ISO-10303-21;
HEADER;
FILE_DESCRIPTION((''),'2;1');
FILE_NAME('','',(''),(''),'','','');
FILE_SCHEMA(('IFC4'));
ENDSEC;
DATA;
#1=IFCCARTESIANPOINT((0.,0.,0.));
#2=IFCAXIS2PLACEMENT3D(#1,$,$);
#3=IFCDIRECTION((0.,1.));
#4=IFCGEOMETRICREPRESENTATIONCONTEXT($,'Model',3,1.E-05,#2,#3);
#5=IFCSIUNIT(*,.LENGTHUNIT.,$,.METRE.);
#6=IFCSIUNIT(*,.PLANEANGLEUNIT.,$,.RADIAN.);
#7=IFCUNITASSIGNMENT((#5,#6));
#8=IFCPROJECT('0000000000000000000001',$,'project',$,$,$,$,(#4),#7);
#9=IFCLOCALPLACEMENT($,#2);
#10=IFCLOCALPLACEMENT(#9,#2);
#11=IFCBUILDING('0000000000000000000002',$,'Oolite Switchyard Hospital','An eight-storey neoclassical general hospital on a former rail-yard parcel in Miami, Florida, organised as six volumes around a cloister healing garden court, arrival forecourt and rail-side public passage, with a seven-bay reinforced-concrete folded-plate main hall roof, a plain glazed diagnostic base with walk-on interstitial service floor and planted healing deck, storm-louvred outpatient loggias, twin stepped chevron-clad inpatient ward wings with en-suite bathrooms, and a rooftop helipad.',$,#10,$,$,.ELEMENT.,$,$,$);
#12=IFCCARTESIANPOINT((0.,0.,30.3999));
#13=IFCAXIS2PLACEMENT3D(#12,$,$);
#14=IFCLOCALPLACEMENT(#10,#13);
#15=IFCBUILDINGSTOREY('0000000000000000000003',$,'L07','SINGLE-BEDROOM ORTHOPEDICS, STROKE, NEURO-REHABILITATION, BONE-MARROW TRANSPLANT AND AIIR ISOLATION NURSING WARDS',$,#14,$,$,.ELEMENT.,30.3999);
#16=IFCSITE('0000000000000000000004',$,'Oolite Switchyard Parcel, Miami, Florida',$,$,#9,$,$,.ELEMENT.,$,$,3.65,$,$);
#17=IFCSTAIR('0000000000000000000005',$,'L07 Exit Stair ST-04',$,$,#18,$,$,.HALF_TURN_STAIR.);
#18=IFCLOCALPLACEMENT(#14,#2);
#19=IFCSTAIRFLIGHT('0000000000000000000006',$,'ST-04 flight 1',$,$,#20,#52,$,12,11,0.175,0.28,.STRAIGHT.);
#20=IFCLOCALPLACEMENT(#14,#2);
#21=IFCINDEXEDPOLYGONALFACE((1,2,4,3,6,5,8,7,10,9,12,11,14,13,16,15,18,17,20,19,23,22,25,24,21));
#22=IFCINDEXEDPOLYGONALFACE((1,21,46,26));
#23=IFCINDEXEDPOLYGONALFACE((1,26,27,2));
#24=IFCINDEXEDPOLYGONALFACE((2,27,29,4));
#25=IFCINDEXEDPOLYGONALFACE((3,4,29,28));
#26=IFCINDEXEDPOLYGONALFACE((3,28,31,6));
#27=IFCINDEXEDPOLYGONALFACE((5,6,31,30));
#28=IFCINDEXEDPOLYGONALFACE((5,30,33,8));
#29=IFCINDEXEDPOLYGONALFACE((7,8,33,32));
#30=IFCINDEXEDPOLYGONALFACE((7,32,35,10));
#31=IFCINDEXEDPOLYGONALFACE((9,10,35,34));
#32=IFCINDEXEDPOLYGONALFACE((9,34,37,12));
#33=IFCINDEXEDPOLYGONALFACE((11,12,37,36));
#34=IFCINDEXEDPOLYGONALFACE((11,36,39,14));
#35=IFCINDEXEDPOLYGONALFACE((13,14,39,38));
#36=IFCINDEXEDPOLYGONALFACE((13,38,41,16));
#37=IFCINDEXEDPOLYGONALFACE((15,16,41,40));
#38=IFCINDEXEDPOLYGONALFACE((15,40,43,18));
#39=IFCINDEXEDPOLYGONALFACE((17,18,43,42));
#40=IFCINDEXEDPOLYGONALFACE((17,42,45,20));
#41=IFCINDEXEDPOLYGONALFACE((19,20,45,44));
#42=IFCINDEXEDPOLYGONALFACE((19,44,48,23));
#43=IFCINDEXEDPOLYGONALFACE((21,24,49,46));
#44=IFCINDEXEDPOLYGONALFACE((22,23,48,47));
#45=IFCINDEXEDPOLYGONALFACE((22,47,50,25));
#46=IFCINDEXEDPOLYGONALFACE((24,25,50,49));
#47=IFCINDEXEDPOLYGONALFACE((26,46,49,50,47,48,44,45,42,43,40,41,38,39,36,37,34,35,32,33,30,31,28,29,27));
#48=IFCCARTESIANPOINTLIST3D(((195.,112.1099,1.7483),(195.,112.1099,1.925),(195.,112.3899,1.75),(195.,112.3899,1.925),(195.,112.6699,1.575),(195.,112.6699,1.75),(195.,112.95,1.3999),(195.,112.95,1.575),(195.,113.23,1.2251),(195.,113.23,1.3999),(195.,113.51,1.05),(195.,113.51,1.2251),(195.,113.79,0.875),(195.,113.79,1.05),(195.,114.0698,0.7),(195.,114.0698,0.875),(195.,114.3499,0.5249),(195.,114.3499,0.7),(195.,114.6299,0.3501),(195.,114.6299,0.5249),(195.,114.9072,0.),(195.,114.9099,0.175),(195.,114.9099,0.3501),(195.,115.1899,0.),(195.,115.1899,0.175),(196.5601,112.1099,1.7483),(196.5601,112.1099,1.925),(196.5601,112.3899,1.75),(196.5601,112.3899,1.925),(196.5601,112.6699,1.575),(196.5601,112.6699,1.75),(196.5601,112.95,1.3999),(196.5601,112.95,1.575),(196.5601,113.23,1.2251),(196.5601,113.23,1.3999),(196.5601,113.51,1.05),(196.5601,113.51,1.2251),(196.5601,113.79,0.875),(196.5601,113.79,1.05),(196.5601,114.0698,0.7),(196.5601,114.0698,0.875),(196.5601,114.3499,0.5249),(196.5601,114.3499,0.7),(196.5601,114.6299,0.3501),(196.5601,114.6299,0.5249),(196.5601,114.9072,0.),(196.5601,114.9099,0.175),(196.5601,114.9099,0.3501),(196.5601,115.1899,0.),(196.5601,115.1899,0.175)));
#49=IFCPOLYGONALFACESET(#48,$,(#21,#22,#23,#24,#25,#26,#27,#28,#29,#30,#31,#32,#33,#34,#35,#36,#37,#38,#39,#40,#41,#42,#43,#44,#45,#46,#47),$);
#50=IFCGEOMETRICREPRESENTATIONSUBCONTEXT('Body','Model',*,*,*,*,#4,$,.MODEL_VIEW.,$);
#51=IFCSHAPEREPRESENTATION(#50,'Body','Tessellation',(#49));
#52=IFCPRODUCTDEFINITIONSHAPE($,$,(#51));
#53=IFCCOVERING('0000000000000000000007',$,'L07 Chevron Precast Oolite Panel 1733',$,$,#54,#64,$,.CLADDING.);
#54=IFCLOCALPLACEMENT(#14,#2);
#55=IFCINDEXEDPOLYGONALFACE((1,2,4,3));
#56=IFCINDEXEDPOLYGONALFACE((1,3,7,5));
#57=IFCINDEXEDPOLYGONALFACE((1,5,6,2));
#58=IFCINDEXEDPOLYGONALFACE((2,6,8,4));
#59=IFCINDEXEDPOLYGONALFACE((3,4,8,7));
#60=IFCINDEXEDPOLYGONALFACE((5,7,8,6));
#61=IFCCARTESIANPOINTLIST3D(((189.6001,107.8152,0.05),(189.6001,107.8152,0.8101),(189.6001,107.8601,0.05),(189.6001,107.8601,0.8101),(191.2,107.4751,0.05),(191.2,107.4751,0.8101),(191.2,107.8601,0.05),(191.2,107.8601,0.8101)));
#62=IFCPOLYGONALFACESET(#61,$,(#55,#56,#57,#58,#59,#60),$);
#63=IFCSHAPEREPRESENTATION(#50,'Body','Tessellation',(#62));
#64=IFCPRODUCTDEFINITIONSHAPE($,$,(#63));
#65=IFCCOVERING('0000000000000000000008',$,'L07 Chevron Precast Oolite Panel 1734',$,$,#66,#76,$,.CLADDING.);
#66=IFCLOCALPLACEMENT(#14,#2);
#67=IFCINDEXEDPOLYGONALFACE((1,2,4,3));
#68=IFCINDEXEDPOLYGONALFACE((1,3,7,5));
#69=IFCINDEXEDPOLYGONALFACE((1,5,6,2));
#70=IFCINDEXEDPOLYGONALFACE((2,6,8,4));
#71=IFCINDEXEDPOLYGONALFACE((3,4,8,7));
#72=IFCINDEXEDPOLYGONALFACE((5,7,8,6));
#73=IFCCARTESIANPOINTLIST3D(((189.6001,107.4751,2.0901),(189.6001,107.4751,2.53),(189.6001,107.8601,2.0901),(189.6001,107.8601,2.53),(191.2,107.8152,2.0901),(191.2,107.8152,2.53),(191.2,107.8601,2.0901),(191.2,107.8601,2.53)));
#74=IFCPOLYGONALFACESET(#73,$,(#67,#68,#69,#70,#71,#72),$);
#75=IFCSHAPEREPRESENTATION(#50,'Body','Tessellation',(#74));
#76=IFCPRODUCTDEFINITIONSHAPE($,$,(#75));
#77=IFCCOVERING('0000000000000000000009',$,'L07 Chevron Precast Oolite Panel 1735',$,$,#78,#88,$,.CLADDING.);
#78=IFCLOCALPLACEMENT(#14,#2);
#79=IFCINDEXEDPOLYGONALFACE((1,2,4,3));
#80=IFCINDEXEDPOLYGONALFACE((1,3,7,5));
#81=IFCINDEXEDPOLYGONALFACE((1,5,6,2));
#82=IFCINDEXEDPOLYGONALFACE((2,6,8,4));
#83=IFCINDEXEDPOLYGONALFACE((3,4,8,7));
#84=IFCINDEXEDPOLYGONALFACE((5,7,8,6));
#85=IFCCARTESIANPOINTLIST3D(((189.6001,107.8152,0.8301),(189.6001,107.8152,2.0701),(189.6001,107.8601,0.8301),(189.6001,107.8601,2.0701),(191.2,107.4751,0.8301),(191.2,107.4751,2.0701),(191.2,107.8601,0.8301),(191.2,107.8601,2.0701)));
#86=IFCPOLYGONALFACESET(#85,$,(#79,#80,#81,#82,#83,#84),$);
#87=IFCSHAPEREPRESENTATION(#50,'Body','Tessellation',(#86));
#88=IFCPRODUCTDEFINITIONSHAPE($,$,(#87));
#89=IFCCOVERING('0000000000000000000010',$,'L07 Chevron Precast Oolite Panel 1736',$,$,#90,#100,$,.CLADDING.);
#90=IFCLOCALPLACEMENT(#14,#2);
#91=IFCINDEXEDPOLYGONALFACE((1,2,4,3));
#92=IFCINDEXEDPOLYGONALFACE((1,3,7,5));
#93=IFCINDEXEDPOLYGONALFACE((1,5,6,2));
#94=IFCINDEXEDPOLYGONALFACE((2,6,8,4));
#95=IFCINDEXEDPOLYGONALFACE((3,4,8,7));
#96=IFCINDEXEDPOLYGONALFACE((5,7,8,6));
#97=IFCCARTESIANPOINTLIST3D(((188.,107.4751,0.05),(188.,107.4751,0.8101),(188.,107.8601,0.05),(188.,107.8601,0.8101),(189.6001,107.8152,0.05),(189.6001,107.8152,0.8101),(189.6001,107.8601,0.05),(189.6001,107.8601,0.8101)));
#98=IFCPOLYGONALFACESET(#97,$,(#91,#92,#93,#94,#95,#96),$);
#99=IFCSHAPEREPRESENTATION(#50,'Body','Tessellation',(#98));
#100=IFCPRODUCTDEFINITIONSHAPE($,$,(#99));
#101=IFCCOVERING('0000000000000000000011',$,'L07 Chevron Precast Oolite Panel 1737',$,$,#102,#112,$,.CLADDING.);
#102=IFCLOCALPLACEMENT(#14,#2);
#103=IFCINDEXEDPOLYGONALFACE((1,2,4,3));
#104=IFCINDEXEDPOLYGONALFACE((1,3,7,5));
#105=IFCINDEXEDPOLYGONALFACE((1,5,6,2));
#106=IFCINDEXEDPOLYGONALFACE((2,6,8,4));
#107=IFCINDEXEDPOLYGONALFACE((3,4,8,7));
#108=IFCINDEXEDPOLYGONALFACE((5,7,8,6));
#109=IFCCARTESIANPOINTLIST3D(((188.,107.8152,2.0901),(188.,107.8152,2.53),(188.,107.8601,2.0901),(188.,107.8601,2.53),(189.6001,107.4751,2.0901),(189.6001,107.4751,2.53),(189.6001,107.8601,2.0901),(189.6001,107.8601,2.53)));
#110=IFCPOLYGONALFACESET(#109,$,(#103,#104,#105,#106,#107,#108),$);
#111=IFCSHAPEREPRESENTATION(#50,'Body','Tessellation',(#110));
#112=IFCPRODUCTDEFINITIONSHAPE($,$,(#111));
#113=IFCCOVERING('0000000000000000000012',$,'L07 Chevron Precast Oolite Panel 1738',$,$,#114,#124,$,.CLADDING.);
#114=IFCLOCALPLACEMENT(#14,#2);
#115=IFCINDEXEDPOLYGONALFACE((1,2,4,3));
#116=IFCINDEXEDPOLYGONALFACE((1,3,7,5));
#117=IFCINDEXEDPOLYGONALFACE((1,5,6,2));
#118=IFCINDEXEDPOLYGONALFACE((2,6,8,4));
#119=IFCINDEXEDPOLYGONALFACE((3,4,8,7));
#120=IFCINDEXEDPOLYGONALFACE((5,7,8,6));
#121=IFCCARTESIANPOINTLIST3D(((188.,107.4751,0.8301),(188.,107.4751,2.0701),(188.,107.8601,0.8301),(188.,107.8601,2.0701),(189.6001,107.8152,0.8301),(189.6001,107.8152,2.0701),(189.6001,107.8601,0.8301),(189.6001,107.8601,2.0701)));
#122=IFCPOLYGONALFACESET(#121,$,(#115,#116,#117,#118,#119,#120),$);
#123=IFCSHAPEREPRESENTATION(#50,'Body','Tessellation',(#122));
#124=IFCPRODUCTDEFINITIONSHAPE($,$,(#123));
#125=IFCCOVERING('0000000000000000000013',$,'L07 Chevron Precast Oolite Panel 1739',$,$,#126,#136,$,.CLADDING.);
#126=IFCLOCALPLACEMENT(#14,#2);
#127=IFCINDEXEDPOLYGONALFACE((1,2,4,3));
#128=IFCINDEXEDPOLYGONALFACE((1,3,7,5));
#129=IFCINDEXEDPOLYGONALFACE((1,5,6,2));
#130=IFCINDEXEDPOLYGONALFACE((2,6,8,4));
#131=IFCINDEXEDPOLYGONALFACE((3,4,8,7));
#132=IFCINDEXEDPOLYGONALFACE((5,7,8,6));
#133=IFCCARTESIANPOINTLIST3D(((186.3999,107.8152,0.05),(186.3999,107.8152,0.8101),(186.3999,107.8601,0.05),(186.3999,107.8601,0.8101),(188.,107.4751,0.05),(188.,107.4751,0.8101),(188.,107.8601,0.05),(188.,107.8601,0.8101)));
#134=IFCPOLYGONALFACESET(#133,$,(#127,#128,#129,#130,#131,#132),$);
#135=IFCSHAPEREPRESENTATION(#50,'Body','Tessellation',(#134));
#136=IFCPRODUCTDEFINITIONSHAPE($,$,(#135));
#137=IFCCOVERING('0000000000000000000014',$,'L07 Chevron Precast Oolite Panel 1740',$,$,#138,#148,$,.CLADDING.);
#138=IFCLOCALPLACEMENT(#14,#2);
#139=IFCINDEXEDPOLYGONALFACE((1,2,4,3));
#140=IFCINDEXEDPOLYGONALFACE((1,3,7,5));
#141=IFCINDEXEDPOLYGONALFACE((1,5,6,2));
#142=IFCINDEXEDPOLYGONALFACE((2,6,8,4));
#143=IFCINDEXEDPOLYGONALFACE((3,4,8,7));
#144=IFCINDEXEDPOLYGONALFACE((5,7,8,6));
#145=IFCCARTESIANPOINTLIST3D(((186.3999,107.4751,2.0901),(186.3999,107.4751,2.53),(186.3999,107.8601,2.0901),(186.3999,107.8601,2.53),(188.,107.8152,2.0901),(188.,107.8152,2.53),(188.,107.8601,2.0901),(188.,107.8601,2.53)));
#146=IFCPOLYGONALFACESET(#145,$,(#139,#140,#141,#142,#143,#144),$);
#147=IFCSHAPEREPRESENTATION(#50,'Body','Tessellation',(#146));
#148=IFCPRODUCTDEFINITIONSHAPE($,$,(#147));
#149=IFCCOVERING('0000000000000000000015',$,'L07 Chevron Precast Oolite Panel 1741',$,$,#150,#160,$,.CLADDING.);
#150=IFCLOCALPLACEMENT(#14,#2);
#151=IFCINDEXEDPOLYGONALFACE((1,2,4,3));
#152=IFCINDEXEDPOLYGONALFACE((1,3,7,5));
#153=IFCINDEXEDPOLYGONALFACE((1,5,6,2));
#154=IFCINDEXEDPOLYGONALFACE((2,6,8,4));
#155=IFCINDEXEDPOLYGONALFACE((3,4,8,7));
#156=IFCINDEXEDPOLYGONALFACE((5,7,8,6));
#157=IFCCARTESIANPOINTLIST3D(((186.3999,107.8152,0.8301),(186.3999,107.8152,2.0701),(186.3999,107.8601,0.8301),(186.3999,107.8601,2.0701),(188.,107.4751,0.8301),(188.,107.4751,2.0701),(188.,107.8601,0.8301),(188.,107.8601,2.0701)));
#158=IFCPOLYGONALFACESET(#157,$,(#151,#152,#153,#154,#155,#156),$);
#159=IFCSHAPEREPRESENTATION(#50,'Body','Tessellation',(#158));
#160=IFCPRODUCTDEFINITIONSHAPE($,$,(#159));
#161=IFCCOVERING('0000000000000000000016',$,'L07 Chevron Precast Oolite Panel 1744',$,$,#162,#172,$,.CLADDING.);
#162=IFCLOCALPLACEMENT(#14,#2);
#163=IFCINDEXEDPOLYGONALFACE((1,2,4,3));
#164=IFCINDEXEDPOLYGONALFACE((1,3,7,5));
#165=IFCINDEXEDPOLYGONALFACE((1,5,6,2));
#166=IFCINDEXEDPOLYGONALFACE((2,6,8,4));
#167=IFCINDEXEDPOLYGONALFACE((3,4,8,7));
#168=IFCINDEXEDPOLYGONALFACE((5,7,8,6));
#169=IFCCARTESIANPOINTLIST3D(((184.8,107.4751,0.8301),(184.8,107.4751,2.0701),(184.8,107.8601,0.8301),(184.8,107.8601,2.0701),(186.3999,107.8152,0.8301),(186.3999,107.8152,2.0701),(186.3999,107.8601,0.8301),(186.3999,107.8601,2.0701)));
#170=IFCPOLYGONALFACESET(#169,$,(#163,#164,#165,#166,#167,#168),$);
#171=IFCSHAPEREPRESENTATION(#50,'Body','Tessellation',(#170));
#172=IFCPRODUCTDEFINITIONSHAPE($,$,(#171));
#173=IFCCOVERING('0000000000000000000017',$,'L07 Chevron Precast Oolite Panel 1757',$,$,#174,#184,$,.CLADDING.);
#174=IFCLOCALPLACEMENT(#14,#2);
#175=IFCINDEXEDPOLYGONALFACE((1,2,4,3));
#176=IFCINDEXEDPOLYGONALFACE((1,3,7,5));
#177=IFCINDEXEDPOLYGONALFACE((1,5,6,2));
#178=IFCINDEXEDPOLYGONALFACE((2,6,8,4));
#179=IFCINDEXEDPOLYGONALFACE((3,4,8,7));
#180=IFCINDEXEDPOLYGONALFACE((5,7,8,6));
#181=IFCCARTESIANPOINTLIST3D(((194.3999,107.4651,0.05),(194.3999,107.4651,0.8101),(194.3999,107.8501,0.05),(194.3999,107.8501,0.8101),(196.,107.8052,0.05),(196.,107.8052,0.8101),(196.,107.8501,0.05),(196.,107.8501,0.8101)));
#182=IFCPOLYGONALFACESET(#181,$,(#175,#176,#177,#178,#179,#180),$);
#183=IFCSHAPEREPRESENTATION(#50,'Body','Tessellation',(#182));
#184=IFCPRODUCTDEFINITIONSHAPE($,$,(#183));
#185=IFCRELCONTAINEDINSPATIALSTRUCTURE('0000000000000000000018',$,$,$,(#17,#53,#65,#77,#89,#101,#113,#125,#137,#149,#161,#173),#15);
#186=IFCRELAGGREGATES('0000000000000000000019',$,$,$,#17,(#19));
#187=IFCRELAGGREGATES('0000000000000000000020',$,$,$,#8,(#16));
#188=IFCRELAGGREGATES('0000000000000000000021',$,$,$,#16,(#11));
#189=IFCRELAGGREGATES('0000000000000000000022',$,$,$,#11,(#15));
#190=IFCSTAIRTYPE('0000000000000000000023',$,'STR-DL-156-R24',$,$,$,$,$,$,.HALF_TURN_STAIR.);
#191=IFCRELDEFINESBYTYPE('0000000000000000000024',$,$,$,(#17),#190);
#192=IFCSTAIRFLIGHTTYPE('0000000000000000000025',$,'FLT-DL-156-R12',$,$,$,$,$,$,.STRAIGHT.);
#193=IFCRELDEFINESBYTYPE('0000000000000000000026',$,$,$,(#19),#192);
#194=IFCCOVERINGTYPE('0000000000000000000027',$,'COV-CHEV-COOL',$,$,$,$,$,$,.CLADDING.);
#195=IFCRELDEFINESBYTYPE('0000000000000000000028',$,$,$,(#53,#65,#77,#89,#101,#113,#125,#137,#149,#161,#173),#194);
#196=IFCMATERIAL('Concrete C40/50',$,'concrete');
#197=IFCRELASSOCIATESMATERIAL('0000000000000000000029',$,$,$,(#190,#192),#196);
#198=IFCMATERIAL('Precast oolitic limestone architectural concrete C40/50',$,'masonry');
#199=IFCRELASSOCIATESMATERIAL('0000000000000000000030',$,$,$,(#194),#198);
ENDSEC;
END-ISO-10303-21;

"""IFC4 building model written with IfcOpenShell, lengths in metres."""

from ifc_helpers import new_model, si_unit, direction, frame, origin, place, context, subcontext, project, spatial, polyline, outline, extrude, material, type_object, element, aggregate, save


model = new_model("IFC4")

# Units and contexts
model_context = context("Model", 3, precision=1e-05, world=origin(), true_north=direction((0.0, 1.0)))
body_context = subcontext(model_context, "Body", "Model", "MODEL_VIEW")
ifc_project = project(units=[si_unit("LENGTHUNIT", "METRE"), si_unit("PLANEANGLEUNIT", "RADIAN")], contexts=[model_context])

# Site, building, storey
site_placement = place(None, origin())
site = spatial("IfcSite", under=ifc_project, at=site_placement, Name="Oolite Switchyard Parcel, Miami, Florida", CompositionType="ELEMENT", RefElevation=3.65)
building_placement = place(site_placement, origin())
building = spatial("IfcBuilding", under=site, at=building_placement, Name="Oolite Switchyard Hospital", Description="An eight-storey neoclassical general hospital on a former rail-yard parcel in Miami, Florida, organised as six volumes around a cloister healing garden court, arrival forecourt and rail-side public passage, with a seven-bay reinforced-concrete folded-plate main hall roof, a plain glazed diagnostic base with walk-on interstitial service floor and planted healing deck, storm-louvred outpatient loggias, twin stepped chevron-clad inpatient ward wings with en-suite bathrooms, and a rooftop helipad.", CompositionType="ELEMENT")
storey_placement = place(building_placement, frame((0.0, 0.0, 30.3999)))
storey = spatial("IfcBuildingStorey", under=building, at=storey_placement, Name="L07", Description="SINGLE-BEDROOM ORTHOPEDICS, STROKE, NEURO-REHABILITATION, BONE-MARROW TRANSPLANT AND AIIR ISOLATION NURSING WARDS", CompositionType="ELEMENT", Elevation=30.3999)

# Shared definitions
ifc_material_1 = material(Name="Concrete C40/50", Category="concrete")

# Shared definitions
ifc_material_2 = material(Name="Precast oolitic limestone architectural concrete C40/50", Category="masonry")

# Stair, stair flight
stair_type = type_object("IfcStairType", Name="STR-DL-156-R24", PredefinedType="HALF_TURN_STAIR", material=ifc_material_1)
stair_placement = place(storey_placement, origin())
stair = element("IfcStair", 1, at=stair_placement, inside=storey, type_object=stair_type, Name="L07 Exit Stair ST-04", PredefinedType="HALF_TURN_STAIR")
stair_flight_type = type_object("IfcStairFlightType", Name="FLT-DL-156-R12", PredefinedType="STRAIGHT", material=ifc_material_1)
stair_flight_placement = place(storey_placement, frame((195.78, 115.1899, 0.0), z_axis=(0.0, 0.0, 1.0), x_axis=(0.0, -1.0, 0.0)))
stair_flight = element("IfcStairFlight", 2, at=stair_flight_placement, type_object=stair_flight_type, Name="ST-04 flight 1", NumberOfRisers=12, NumberOfTreads=11, PredefinedType="STRAIGHT", RiserHeight=0.175, TreadLength=0.28, context=body_context, shape_type="SweptSolid", body=[
    extrude(outline(polyline([(0.0, 0.0), (0.0, 0.175), (0.28, 0.175), (0.28, 0.3501), (0.5601, 0.3501), (0.5601, 0.5249), (0.8401, 0.5249), (0.8401, 0.7), (1.1201, 0.7), (1.1201, 0.875), (1.3999, 0.875), (1.3999, 1.05), (1.6799, 1.05), (1.6799, 1.2251), (1.96, 1.2251), (1.96, 1.3999), (2.24, 1.3999), (2.24, 1.575), (2.52, 1.575), (2.52, 1.75), (2.8, 1.75), (2.8, 1.925), (3.0801, 1.925), (3.0801, 2.1001), (3.0801, 1.7483), (0.2827, 0.0), (0.0, 0.0)])), frame((0.0, 0.78, 0.0), z_axis=(0.0, -1.0, 0.0), x_axis=(1.0, 0.0, 0.0)), (0.0, 0.0, 1.0), 1.5601),
])
aggregate(stair, [stair_flight])

# Coverings
covering_type = type_object("IfcCoveringType", Name="COV-CHEV-COOL", PredefinedType="CLADDING", material=ifc_material_2)
covering_1_placement = place(storey_placement, frame((191.2, 107.8601, 0.05), z_axis=(0.0, 0.0, 1.0), x_axis=(-1.0, 0.0, 0.0)))
element("IfcCovering", 3, at=covering_1_placement, inside=storey, type_object=covering_type, Name="L07 Chevron Precast Oolite Panel 1733", PredefinedType="CLADDING", context=body_context, shape_type="SweptSolid", body=[
    extrude(outline(polyline([(0.0, 0.0), (1.5999, 0.0), (1.5999, 0.0449), (0.0, 0.385), (0.0, 0.0)])), origin(), (0.0, 0.0, 1.0), 0.76),
])
covering_2_placement = place(storey_placement, frame((191.2, 107.8601, 2.0901), z_axis=(0.0, 0.0, 1.0), x_axis=(-1.0, 0.0, 0.0)))
element("IfcCovering", 4, at=covering_2_placement, inside=storey, type_object=covering_type, Name="L07 Chevron Precast Oolite Panel 1734", PredefinedType="CLADDING", context=body_context, shape_type="SweptSolid", body=[
    extrude(outline(polyline([(0.0, 0.0), (1.5999, 0.0), (1.5999, 0.385), (0.0, 0.0449), (0.0, 0.0)])), origin(), (0.0, 0.0, 1.0), 0.4399),
])
covering_3_placement = place(storey_placement, frame((191.2, 107.8601, 0.8301), z_axis=(0.0, 0.0, 1.0), x_axis=(-1.0, 0.0, 0.0)))
element("IfcCovering", 5, at=covering_3_placement, inside=storey, type_object=covering_type, Name="L07 Chevron Precast Oolite Panel 1735", PredefinedType="CLADDING", context=body_context, shape_type="SweptSolid", body=[
    extrude(outline(polyline([(0.0, 0.0), (1.5999, 0.0), (1.5999, 0.0449), (0.0, 0.385), (0.0, 0.0)])), origin(), (0.0, 0.0, 1.0), 1.24),
])
covering_4_placement = place(storey_placement, frame((189.6001, 107.8601, 0.05), z_axis=(0.0, 0.0, 1.0), x_axis=(-1.0, 0.0, 0.0)))
element("IfcCovering", 6, at=covering_4_placement, inside=storey, type_object=covering_type, Name="L07 Chevron Precast Oolite Panel 1736", PredefinedType="CLADDING", context=body_context, shape_type="SweptSolid", body=[
    extrude(outline(polyline([(0.0, 0.0), (1.6001, 0.0), (1.6001, 0.385), (0.0, 0.0449), (0.0, 0.0)])), origin(), (0.0, 0.0, 1.0), 0.76),
])
covering_5_placement = place(storey_placement, frame((189.6001, 107.8601, 2.0901), z_axis=(0.0, 0.0, 1.0), x_axis=(-1.0, 0.0, 0.0)))
element("IfcCovering", 7, at=covering_5_placement, inside=storey, type_object=covering_type, Name="L07 Chevron Precast Oolite Panel 1737", PredefinedType="CLADDING", context=body_context, shape_type="SweptSolid", body=[
    extrude(outline(polyline([(0.0, 0.0), (1.6001, 0.0), (1.6001, 0.0449), (0.0, 0.385), (0.0, 0.0)])), origin(), (0.0, 0.0, 1.0), 0.4399),
])
covering_6_placement = place(storey_placement, frame((189.6001, 107.8601, 0.8301), z_axis=(0.0, 0.0, 1.0), x_axis=(-1.0, 0.0, 0.0)))
element("IfcCovering", 8, at=covering_6_placement, inside=storey, type_object=covering_type, Name="L07 Chevron Precast Oolite Panel 1738", PredefinedType="CLADDING", context=body_context, shape_type="SweptSolid", body=[
    extrude(outline(polyline([(0.0, 0.0), (1.6001, 0.0), (1.6001, 0.385), (0.0, 0.0449), (0.0, 0.0)])), origin(), (0.0, 0.0, 1.0), 1.24),
])
covering_7_placement = place(storey_placement, frame((188.0, 107.8601, 0.05), z_axis=(0.0, 0.0, 1.0), x_axis=(-1.0, 0.0, 0.0)))
element("IfcCovering", 9, at=covering_7_placement, inside=storey, type_object=covering_type, Name="L07 Chevron Precast Oolite Panel 1739", PredefinedType="CLADDING", context=body_context, shape_type="SweptSolid", body=[
    extrude(outline(polyline([(0.0, 0.0), (1.6001, 0.0), (1.6001, 0.0449), (0.0, 0.385), (0.0, 0.0)])), origin(), (0.0, 0.0, 1.0), 0.76),
])
covering_8_placement = place(storey_placement, frame((188.0, 107.8601, 2.0901), z_axis=(0.0, 0.0, 1.0), x_axis=(-1.0, 0.0, 0.0)))
element("IfcCovering", 10, at=covering_8_placement, inside=storey, type_object=covering_type, Name="L07 Chevron Precast Oolite Panel 1740", PredefinedType="CLADDING", context=body_context, shape_type="SweptSolid", body=[
    extrude(outline(polyline([(0.0, 0.0), (1.6001, 0.0), (1.6001, 0.385), (0.0, 0.0449), (0.0, 0.0)])), origin(), (0.0, 0.0, 1.0), 0.4399),
])
covering_9_placement = place(storey_placement, frame((188.0, 107.8601, 0.8301), z_axis=(0.0, 0.0, 1.0), x_axis=(-1.0, 0.0, 0.0)))
element("IfcCovering", 11, at=covering_9_placement, inside=storey, type_object=covering_type, Name="L07 Chevron Precast Oolite Panel 1741", PredefinedType="CLADDING", context=body_context, shape_type="SweptSolid", body=[
    extrude(outline(polyline([(0.0, 0.0), (1.6001, 0.0), (1.6001, 0.0449), (0.0, 0.385), (0.0, 0.0)])), origin(), (0.0, 0.0, 1.0), 1.24),
])
covering_10_placement = place(storey_placement, frame((186.3999, 107.8601, 0.8301), z_axis=(0.0, 0.0, 1.0), x_axis=(-1.0, 0.0, 0.0)))
element("IfcCovering", 12, at=covering_10_placement, inside=storey, type_object=covering_type, Name="L07 Chevron Precast Oolite Panel 1744", PredefinedType="CLADDING", context=body_context, shape_type="SweptSolid", body=[
    extrude(outline(polyline([(0.0, 0.0), (1.5999, 0.0), (1.5999, 0.385), (0.0, 0.0449), (0.0, 0.0)])), origin(), (0.0, 0.0, 1.0), 1.24),
])
covering_11_placement = place(storey_placement, frame((196.0, 107.8501, 0.05), z_axis=(0.0, 0.0, 1.0), x_axis=(-1.0, 0.0, 0.0)))
element("IfcCovering", 13, at=covering_11_placement, inside=storey, type_object=covering_type, Name="L07 Chevron Precast Oolite Panel 1757", PredefinedType="CLADDING", context=body_context, shape_type="SweptSolid", body=[
    extrude(outline(polyline([(0.0, 0.0), (1.6001, 0.0), (1.6001, 0.385), (0.0, 0.0449), (0.0, 0.0)])), origin(), (0.0, 0.0, 1.0), 0.76),
])

save(model, "model.ifc")
